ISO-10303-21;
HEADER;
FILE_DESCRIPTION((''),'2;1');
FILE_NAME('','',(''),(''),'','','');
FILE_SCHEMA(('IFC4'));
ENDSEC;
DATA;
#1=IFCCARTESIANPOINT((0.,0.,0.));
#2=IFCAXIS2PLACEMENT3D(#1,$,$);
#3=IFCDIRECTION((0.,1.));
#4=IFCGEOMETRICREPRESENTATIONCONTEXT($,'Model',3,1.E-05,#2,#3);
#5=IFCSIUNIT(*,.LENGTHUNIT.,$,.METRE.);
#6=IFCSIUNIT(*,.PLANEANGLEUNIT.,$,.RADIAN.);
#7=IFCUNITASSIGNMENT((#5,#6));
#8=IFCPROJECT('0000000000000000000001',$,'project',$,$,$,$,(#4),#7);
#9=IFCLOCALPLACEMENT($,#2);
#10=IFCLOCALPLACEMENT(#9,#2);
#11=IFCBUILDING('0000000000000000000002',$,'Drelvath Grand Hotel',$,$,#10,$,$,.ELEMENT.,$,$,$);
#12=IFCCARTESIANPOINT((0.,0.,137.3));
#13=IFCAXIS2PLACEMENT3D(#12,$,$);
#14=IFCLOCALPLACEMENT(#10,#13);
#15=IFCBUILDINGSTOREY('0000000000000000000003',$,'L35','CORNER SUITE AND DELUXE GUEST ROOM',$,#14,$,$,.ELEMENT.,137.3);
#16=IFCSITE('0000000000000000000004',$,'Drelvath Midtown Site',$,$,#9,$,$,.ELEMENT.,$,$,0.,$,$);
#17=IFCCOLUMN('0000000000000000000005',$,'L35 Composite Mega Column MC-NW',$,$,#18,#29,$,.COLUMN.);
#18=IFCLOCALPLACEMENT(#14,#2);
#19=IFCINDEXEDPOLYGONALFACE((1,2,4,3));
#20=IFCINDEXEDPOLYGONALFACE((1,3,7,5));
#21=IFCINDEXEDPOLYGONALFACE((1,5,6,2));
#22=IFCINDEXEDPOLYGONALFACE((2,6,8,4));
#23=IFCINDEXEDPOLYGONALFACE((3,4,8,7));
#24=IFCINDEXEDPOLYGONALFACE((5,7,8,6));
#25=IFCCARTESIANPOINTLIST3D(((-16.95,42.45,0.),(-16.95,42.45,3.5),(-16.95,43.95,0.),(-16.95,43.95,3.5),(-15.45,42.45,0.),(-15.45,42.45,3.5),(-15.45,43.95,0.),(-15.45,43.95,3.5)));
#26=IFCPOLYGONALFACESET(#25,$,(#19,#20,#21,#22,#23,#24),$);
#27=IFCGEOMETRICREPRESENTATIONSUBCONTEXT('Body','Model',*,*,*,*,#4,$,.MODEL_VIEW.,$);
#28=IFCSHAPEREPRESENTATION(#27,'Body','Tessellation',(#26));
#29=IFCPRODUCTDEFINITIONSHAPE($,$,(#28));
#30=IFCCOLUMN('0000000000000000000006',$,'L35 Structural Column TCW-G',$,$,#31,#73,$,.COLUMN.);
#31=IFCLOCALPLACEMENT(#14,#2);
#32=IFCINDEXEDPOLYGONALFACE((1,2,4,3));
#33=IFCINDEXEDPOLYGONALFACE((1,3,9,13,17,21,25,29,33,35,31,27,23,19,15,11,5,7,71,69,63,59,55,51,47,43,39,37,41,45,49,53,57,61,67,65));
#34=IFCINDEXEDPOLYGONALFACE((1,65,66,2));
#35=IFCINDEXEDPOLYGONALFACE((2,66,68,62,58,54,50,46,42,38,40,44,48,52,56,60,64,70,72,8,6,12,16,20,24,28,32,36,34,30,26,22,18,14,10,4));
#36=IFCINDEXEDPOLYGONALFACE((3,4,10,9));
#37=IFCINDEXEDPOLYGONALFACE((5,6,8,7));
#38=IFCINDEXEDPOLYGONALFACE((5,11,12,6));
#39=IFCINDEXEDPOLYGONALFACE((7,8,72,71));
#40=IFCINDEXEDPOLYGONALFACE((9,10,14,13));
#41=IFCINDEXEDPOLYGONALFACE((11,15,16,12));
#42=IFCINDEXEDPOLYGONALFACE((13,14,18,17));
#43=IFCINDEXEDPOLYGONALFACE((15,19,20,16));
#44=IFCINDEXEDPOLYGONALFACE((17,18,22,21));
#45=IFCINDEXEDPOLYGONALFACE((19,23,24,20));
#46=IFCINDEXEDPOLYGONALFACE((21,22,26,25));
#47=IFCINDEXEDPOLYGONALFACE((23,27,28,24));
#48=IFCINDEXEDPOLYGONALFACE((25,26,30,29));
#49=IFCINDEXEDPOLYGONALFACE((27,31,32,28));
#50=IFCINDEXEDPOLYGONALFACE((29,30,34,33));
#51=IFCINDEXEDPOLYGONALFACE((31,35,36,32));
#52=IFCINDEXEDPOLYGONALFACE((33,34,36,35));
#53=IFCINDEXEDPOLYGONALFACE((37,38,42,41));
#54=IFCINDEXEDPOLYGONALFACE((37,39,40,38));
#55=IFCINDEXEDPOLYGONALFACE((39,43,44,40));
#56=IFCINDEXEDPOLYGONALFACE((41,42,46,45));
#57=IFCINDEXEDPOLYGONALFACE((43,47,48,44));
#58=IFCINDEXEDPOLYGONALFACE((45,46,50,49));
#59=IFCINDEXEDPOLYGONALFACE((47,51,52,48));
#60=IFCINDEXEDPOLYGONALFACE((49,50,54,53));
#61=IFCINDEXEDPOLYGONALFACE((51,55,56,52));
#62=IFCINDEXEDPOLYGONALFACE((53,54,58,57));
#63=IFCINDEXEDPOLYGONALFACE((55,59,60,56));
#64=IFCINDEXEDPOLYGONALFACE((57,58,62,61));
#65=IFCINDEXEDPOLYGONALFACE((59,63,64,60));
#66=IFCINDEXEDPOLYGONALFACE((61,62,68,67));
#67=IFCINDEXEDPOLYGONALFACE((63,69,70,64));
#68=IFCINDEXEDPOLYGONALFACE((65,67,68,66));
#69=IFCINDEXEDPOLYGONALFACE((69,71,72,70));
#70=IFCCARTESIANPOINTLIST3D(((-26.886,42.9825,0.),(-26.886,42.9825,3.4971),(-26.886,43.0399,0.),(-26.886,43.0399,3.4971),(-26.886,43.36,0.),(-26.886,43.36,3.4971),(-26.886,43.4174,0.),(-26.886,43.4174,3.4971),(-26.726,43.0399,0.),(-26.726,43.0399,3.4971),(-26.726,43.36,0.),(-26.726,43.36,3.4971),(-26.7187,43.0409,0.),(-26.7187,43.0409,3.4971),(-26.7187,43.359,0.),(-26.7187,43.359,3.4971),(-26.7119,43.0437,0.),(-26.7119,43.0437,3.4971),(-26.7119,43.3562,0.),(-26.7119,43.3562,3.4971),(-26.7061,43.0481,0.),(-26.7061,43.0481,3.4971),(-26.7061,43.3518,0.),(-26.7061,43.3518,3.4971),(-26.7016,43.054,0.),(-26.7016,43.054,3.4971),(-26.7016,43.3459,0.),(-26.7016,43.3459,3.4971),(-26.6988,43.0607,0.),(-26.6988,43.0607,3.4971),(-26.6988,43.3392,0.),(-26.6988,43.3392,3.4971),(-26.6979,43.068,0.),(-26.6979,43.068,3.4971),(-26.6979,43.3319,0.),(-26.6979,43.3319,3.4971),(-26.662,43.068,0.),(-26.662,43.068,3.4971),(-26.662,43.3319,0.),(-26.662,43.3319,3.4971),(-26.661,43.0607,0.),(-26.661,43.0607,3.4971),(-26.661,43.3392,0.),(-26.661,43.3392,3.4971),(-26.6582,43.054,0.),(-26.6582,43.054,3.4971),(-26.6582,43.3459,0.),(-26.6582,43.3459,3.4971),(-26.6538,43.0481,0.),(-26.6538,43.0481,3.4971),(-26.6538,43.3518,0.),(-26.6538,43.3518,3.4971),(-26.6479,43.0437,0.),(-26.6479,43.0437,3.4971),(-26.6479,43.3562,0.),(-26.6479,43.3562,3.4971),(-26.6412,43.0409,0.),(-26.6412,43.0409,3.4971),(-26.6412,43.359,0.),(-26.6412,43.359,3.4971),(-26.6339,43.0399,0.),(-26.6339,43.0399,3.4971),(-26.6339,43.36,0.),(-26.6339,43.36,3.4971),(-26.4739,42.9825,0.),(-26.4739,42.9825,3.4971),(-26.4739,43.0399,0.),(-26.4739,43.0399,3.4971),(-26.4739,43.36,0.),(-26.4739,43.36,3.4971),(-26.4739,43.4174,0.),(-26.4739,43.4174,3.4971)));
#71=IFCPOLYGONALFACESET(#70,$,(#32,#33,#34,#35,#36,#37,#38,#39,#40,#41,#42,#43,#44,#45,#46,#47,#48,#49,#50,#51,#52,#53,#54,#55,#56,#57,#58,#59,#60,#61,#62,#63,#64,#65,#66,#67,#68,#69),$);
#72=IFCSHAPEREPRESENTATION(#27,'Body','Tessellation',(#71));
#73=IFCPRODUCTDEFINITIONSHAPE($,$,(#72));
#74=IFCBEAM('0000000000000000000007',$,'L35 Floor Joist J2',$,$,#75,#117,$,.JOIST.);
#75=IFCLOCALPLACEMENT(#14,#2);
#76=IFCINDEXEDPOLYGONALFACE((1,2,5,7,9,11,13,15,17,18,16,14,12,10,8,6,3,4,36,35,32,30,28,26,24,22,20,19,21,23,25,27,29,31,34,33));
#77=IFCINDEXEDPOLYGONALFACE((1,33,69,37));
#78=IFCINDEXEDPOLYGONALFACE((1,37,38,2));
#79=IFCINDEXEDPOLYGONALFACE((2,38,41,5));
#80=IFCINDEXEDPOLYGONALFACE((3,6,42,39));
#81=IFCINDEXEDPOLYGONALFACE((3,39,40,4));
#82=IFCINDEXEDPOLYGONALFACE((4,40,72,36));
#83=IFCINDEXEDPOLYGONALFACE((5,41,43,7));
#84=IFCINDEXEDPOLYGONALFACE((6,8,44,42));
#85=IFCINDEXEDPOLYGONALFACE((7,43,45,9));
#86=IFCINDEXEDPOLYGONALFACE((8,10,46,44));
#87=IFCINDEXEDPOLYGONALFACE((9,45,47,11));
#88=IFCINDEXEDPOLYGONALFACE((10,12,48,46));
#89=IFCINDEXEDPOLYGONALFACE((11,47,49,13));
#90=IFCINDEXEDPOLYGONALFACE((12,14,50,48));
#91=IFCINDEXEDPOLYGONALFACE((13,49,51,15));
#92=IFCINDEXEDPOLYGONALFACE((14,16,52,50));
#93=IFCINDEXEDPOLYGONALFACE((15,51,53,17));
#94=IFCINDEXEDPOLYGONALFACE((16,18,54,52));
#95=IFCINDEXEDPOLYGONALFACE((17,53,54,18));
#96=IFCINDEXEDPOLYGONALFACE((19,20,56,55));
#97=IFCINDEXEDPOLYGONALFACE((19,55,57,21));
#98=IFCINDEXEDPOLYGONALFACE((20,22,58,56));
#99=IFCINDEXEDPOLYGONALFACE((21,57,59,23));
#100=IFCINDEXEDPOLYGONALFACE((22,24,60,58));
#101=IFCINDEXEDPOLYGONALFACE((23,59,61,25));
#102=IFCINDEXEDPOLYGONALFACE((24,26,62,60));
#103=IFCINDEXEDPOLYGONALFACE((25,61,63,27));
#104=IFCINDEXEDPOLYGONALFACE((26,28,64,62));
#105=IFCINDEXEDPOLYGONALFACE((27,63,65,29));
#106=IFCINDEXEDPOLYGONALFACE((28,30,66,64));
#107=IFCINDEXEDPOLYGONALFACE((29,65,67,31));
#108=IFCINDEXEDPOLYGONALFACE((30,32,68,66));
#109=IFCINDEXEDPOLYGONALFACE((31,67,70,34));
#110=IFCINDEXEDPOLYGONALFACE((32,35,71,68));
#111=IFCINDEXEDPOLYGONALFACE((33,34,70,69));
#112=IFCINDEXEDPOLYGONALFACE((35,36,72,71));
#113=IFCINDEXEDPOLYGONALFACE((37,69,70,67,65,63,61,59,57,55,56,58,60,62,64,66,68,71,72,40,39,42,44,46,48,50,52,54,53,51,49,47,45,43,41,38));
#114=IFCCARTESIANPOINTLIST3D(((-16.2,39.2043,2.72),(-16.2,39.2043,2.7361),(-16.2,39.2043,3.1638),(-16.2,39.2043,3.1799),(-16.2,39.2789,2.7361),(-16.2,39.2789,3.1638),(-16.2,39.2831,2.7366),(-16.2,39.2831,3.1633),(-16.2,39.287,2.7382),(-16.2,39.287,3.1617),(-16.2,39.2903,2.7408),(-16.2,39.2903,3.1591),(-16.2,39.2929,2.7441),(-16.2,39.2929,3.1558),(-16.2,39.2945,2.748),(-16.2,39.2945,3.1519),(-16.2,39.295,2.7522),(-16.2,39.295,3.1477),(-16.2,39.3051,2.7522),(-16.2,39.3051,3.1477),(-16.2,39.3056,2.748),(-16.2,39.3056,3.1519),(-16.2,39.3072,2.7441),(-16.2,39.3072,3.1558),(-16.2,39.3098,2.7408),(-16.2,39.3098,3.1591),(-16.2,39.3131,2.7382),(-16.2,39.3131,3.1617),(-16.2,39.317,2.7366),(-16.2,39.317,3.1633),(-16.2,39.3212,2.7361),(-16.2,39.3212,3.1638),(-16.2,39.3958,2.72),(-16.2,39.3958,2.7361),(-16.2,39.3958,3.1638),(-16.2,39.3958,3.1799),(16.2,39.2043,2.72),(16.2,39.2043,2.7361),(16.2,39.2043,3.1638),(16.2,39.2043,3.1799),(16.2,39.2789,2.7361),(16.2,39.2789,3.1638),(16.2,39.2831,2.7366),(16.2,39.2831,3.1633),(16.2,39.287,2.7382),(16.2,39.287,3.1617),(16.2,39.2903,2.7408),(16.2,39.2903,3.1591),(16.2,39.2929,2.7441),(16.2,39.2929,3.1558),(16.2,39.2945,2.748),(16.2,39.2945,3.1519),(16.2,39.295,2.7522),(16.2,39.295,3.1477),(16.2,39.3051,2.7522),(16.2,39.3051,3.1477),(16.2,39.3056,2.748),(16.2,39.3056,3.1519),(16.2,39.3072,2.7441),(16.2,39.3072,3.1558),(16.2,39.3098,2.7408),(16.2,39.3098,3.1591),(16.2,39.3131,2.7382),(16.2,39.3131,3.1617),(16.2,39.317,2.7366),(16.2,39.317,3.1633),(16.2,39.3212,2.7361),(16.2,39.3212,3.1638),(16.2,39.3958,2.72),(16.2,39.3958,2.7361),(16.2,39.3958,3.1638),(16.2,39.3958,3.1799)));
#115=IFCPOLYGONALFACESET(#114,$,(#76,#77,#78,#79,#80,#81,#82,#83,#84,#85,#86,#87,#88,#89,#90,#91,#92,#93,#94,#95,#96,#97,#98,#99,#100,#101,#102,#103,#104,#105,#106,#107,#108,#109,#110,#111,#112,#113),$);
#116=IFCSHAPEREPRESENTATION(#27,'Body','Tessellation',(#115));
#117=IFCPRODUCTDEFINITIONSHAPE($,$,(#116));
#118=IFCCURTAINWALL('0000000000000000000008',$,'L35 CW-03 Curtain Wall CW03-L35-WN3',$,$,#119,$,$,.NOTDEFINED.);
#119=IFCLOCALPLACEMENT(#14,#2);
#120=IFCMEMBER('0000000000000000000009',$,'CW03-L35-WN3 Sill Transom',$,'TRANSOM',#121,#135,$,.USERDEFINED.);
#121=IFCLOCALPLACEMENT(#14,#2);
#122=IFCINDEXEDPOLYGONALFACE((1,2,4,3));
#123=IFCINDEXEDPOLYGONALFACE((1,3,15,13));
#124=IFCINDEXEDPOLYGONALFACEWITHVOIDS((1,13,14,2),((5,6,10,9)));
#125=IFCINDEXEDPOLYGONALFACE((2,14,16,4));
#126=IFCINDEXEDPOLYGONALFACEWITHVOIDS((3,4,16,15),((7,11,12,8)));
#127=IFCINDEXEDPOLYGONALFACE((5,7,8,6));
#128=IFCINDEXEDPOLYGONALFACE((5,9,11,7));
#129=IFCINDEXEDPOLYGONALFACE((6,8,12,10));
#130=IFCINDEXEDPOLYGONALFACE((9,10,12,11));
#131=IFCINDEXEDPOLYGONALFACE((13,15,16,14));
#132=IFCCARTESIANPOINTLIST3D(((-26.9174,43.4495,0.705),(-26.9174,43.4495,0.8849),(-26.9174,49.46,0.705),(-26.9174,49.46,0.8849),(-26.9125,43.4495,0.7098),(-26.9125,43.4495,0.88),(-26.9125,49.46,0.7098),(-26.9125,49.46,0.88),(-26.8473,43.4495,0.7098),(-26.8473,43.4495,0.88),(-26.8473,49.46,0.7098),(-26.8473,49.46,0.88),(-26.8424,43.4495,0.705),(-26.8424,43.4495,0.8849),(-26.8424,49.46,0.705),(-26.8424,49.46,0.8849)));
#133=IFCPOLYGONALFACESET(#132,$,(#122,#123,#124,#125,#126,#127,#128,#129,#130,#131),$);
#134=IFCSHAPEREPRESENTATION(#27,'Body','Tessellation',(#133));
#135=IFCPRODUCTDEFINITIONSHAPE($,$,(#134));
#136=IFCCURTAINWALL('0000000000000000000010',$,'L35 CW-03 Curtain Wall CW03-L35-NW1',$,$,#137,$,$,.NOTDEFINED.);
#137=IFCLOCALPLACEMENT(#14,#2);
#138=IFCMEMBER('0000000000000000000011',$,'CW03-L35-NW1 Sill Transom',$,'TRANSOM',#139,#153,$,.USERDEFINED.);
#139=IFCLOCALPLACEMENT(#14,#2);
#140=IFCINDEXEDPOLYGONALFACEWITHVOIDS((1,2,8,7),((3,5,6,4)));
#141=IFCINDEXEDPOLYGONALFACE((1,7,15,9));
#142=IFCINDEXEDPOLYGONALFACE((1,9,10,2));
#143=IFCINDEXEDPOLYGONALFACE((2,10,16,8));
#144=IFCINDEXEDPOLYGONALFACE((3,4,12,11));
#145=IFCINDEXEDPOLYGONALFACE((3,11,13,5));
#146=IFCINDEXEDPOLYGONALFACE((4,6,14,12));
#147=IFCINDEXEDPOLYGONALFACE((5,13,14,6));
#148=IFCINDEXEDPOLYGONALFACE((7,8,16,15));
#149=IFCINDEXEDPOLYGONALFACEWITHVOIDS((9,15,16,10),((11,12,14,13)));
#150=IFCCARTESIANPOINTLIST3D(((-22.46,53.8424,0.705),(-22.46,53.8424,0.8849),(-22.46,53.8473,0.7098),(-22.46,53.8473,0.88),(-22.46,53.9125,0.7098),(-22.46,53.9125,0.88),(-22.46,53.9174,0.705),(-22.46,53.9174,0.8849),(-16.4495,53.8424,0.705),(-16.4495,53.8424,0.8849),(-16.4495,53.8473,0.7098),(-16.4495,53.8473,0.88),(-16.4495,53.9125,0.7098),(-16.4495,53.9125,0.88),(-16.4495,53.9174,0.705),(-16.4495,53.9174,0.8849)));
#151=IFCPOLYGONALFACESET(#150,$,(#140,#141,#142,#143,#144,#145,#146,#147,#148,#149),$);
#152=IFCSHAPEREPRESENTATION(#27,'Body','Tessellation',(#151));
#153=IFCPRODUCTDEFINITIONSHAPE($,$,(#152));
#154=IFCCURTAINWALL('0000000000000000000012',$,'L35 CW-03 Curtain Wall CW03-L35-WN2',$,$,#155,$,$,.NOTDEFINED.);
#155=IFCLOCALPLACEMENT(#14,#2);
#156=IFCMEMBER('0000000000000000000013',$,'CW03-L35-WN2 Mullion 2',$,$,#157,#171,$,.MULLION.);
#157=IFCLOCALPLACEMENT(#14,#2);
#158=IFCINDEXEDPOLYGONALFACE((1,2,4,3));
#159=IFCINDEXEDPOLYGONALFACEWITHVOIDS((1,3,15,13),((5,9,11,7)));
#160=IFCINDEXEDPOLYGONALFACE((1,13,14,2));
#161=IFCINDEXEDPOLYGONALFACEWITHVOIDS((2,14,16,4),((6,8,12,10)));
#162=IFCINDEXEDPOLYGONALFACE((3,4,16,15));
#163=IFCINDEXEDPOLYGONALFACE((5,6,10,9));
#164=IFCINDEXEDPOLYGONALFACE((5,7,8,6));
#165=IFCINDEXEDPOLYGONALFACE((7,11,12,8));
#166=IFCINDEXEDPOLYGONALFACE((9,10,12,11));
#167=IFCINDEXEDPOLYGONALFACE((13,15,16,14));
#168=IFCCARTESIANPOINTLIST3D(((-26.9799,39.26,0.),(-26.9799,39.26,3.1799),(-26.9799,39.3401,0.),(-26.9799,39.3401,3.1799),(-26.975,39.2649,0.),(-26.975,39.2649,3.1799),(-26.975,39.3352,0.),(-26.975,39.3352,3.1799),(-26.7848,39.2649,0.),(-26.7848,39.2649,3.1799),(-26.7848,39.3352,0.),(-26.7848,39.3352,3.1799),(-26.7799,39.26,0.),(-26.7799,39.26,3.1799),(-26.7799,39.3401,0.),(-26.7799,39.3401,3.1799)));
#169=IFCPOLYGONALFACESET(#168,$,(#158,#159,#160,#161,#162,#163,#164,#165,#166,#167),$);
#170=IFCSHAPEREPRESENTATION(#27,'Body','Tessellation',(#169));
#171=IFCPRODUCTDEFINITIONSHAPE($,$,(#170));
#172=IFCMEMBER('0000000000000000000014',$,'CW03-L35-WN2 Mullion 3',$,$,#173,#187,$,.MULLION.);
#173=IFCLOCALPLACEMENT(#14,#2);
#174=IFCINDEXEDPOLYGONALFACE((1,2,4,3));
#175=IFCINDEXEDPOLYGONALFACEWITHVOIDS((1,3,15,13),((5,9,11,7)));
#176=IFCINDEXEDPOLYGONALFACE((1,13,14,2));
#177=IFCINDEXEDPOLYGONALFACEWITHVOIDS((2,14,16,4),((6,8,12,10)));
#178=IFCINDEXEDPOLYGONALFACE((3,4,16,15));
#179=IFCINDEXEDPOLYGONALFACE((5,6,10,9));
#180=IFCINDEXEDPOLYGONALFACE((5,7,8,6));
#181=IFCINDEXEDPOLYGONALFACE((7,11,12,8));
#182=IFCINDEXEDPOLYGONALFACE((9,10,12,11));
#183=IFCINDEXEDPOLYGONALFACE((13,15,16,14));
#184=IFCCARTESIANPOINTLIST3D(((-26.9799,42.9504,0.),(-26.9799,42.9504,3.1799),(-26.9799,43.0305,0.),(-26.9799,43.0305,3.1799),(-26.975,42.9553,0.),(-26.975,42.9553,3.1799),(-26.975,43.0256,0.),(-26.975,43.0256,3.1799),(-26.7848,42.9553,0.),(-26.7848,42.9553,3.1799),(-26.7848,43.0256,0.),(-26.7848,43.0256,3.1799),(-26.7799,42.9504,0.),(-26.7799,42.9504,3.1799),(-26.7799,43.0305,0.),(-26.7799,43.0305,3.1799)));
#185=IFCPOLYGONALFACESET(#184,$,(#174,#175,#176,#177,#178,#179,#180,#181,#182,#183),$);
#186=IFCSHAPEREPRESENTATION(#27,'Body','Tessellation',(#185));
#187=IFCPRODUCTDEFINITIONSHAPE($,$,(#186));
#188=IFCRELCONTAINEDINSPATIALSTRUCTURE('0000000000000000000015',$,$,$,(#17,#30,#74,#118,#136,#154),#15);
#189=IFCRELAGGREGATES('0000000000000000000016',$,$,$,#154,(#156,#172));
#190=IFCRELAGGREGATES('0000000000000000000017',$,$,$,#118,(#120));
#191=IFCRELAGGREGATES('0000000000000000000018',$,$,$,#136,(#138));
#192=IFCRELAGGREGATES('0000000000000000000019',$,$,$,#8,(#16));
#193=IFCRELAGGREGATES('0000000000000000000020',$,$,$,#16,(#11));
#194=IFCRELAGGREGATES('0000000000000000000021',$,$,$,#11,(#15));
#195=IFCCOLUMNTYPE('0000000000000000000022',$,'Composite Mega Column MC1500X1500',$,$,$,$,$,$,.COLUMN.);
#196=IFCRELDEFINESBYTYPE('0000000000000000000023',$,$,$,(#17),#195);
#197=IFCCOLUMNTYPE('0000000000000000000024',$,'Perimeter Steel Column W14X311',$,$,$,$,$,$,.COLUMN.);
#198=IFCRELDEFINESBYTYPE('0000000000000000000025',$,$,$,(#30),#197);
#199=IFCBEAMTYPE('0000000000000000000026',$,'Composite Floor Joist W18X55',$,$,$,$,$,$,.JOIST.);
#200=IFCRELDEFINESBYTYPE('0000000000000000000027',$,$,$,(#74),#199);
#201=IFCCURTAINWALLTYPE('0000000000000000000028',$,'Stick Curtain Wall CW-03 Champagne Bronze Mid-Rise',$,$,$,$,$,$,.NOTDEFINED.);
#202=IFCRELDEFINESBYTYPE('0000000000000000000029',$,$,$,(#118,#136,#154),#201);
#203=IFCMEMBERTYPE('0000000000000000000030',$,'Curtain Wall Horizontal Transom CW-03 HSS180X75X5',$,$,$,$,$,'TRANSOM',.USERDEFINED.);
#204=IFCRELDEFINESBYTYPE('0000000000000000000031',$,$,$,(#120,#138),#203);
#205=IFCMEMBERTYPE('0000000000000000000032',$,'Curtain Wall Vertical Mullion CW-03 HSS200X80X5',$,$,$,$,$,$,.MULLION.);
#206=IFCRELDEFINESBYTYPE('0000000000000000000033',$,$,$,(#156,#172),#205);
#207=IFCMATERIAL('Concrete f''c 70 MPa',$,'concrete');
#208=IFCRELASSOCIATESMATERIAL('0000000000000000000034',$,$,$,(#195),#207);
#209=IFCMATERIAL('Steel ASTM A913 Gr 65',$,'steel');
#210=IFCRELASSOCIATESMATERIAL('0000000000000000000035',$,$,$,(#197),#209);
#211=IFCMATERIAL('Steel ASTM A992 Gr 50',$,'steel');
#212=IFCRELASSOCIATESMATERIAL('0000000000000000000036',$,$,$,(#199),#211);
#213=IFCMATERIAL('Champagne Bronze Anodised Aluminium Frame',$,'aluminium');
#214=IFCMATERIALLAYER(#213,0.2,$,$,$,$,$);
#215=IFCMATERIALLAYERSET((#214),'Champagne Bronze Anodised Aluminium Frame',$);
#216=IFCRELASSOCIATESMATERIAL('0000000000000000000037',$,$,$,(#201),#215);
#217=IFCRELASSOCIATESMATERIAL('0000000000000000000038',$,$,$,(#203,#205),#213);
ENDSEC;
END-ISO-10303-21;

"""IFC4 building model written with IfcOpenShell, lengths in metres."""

from ifc_helpers import new_model, si_unit, direction, frame, origin, origin_2d, place, context, subcontext, project, spatial, rectangle, hollow_rectangle, i_section, extrude, material, layer, layer_set, material_profile, profile_set, type_object, element, aggregate, save


model = new_model("IFC4")

# Units and contexts
model_context = context("Model", 3, precision=1e-05, world=origin(), true_north=direction((0.0, 1.0)))
body_context = subcontext(model_context, "Body", "Model", "MODEL_VIEW")
ifc_project = project(units=[si_unit("LENGTHUNIT", "METRE"), si_unit("PLANEANGLEUNIT", "RADIAN")], contexts=[model_context])

# Site, building, storey
site_placement = place(None, origin())
site = spatial("IfcSite", under=ifc_project, at=site_placement, Name="Drelvath Midtown Site", CompositionType="ELEMENT", RefElevation=0.0)
building_placement = place(site_placement, origin())
building = spatial("IfcBuilding", under=site, at=building_placement, Name="Drelvath Grand Hotel", CompositionType="ELEMENT")
storey_placement = place(building_placement, frame((0.0, 0.0, 137.3)))
storey = spatial("IfcBuildingStorey", under=building, at=storey_placement, Name="L35", Description="CORNER SUITE AND DELUXE GUEST ROOM", CompositionType="ELEMENT", Elevation=137.3)

# Columns
ifc_material_1 = material(Name="Concrete f'c 70 MPa", Category="concrete")
ifc_material_profile_1 = material_profile(ifc_material_1, rectangle(XDim=1.5, YDim=1.5, at=origin_2d()), Name="MC1500X1500")
ifc_profile_set_1 = profile_set([ifc_material_profile_1], Name="Concrete f'c 70 MPa")
column_type_1 = type_object("IfcColumnType", Name="Composite Mega Column MC1500X1500", PredefinedType="COLUMN", material=ifc_profile_set_1)
column_1_placement = place(storey_placement, frame((-16.2, 43.2, 0.0), z_axis=(0.0, 0.0, 1.0), x_axis=(1.0, 0.0, 0.0)))
element("IfcColumn", 1, at=column_1_placement, inside=storey, type_object=column_type_1, Name="L35 Composite Mega Column MC-NW", PredefinedType="COLUMN", context=body_context, shape_type="SweptSolid", body=[
    extrude(rectangle(XDim=1.5, YDim=1.5, at=origin_2d()), origin(), (0.0, 0.0, 1.0), 3.5),
])
ifc_material_2 = material(Name="Steel ASTM A913 Gr 65", Category="steel")
ifc_material_profile_2 = material_profile(ifc_material_2, i_section(OverallWidth=0.4121, OverallDepth=0.4348, WebThickness=0.0359, FlangeThickness=0.0574, FilletRadius=0.0281, at=origin_2d()), Name="W14X311")
ifc_profile_set_2 = profile_set([ifc_material_profile_2], Name="Steel ASTM A913 Gr 65")
column_type_2 = type_object("IfcColumnType", Name="Perimeter Steel Column W14X311", PredefinedType="COLUMN", material=ifc_profile_set_2)
column_2_placement = place(storey_placement, frame((-26.6799, 43.2, 0.0), z_axis=(0.0, 0.0, 1.0), x_axis=(1.0, 0.0, 0.0)))
element("IfcColumn", 2, at=column_2_placement, inside=storey, type_object=column_type_2, Name="L35 Structural Column TCW-G", PredefinedType="COLUMN", context=body_context, shape_type="SweptSolid", body=[
    extrude(i_section(OverallWidth=0.4121, OverallDepth=0.4348, WebThickness=0.0359, FlangeThickness=0.0574, FilletRadius=0.0281, at=origin_2d()), origin(), (0.0, 0.0, 1.0), 3.4971),
])

# Beam
ifc_material_3 = material(Name="Steel ASTM A992 Gr 50", Category="steel")
ifc_material_profile_3 = material_profile(ifc_material_3, i_section(OverallWidth=0.1914, OverallDepth=0.46, WebThickness=0.01, FlangeThickness=0.0161, FilletRadius=0.0161, at=origin_2d()), Name="W18X55")
ifc_profile_set_3 = profile_set([ifc_material_profile_3], Name="Steel ASTM A992 Gr 50")
beam_type_1 = type_object("IfcBeamType", Name="Composite Floor Joist W18X55", PredefinedType="JOIST", material=ifc_profile_set_3)
beam_1_placement = place(storey_placement, frame((-16.2, 39.3, 2.95), z_axis=(1.0, 0.0, 0.0), x_axis=(0.0, 1.0, 0.0)))
element("IfcBeam", 3, at=beam_1_placement, inside=storey, type_object=beam_type_1, Name="L35 Floor Joist J2", PredefinedType="JOIST", context=body_context, shape_type="SweptSolid", body=[
    extrude(i_section(OverallWidth=0.1914, OverallDepth=0.46, WebThickness=0.01, FlangeThickness=0.0161, FilletRadius=0.0161, at=origin_2d()), origin(), (0.0, 0.0, 1.0), 32.3999),
])

# Curtain walls, members
ifc_material_4 = material(Name="Champagne Bronze Anodised Aluminium Frame", Category="aluminium")
ifc_layer_1 = layer(ifc_material_4, 0.2)
ifc_layer_set_1 = layer_set([ifc_layer_1], Name="Champagne Bronze Anodised Aluminium Frame")
curtain_wall_type = type_object("IfcCurtainWallType", Name="Stick Curtain Wall CW-03 Champagne Bronze Mid-Rise", PredefinedType="NOTDEFINED", material=ifc_layer_set_1)
curtain_wall_1_placement = place(storey_placement, origin())
curtain_wall_1 = element("IfcCurtainWall", 4, at=curtain_wall_1_placement, inside=storey, type_object=curtain_wall_type, Name="L35 CW-03 Curtain Wall CW03-L35-WN3", PredefinedType="NOTDEFINED")
ifc_material_profile_4 = material_profile(ifc_material_4, hollow_rectangle(XDim=0.075, YDim=0.1799, WallThickness=0.0049, at=origin_2d()), Name="HSS180X75X5")
ifc_profile_set_4 = profile_set([ifc_material_profile_4], Name="Champagne Bronze Anodised Aluminium Frame")
member_type_1 = type_object("IfcMemberType", Name="Curtain Wall Horizontal Transom CW-03 HSS180X75X5", ElementType="TRANSOM", PredefinedType="USERDEFINED", material=ifc_profile_set_4)
member_1_placement = place(storey_placement, frame((-26.8799, 43.4495, 0.7949), z_axis=(0.0, 1.0, 0.0), x_axis=(-1.0, 0.0, 0.0)))
member_1 = element("IfcMember", 5, at=member_1_placement, type_object=member_type_1, Name="CW03-L35-WN3 Sill Transom", ObjectType="TRANSOM", PredefinedType="USERDEFINED", context=body_context, shape_type="SweptSolid", body=[
    extrude(hollow_rectangle(XDim=0.075, YDim=0.1799, WallThickness=0.0049, at=origin_2d()), origin(), (0.0, 0.0, 1.0), 6.0105),
])
curtain_wall_2_placement = place(storey_placement, origin())
curtain_wall_2 = element("IfcCurtainWall", 6, at=curtain_wall_2_placement, inside=storey, type_object=curtain_wall_type, Name="L35 CW-03 Curtain Wall CW03-L35-NW1", PredefinedType="NOTDEFINED")
member_2_placement = place(storey_placement, frame((-22.46, 53.8799, 0.7949), z_axis=(1.0, 0.0, 0.0), x_axis=(0.0, 1.0, 0.0)))
member_2 = element("IfcMember", 7, at=member_2_placement, type_object=member_type_1, Name="CW03-L35-NW1 Sill Transom", ObjectType="TRANSOM", PredefinedType="USERDEFINED", context=body_context, shape_type="SweptSolid", body=[
    extrude(hollow_rectangle(XDim=0.075, YDim=0.1799, WallThickness=0.0049, at=origin_2d()), origin(), (0.0, 0.0, 1.0), 6.0105),
])

# Curtain wall, members
curtain_wall_3_placement = place(storey_placement, origin())
curtain_wall_3 = element("IfcCurtainWall", 8, at=curtain_wall_3_placement, inside=storey, type_object=curtain_wall_type, Name="L35 CW-03 Curtain Wall CW03-L35-WN2", PredefinedType="NOTDEFINED")
ifc_material_profile_5 = material_profile(ifc_material_4, hollow_rectangle(XDim=0.0801, YDim=0.2, WallThickness=0.0049, at=origin_2d()), Name="HSS200X80X5")
ifc_profile_set_5 = profile_set([ifc_material_profile_5], Name="Champagne Bronze Anodised Aluminium Frame")
member_type_2 = type_object("IfcMemberType", Name="Curtain Wall Vertical Mullion CW-03 HSS200X80X5", PredefinedType="MULLION", material=ifc_profile_set_5)
member_3_placement = place(storey_placement, frame((-26.8799, 39.3, 0.0), z_axis=(0.0, 0.0, 1.0), x_axis=(0.0, 1.0, 0.0)))
member_3 = element("IfcMember", 9, at=member_3_placement, type_object=member_type_2, Name="CW03-L35-WN2 Mullion 2", PredefinedType="MULLION", context=body_context, shape_type="SweptSolid", body=[
    extrude(hollow_rectangle(XDim=0.0801, YDim=0.2, WallThickness=0.0049, at=origin_2d()), origin(), (0.0, 0.0, 1.0), 3.1799),
])
member_4_placement = place(storey_placement, frame((-26.8799, 42.9905, 0.0), z_axis=(0.0, 0.0, 1.0), x_axis=(0.0, 1.0, 0.0)))
member_4 = element("IfcMember", 10, at=member_4_placement, type_object=member_type_2, Name="CW03-L35-WN2 Mullion 3", PredefinedType="MULLION", context=body_context, shape_type="SweptSolid", body=[
    extrude(hollow_rectangle(XDim=0.0801, YDim=0.2, WallThickness=0.0049, at=origin_2d()), origin(), (0.0, 0.0, 1.0), 3.1799),
])

aggregate(curtain_wall_3, [member_3, member_4])
aggregate(curtain_wall_1, [member_1])
aggregate(curtain_wall_2, [member_2])

save(model, "model.ifc")
